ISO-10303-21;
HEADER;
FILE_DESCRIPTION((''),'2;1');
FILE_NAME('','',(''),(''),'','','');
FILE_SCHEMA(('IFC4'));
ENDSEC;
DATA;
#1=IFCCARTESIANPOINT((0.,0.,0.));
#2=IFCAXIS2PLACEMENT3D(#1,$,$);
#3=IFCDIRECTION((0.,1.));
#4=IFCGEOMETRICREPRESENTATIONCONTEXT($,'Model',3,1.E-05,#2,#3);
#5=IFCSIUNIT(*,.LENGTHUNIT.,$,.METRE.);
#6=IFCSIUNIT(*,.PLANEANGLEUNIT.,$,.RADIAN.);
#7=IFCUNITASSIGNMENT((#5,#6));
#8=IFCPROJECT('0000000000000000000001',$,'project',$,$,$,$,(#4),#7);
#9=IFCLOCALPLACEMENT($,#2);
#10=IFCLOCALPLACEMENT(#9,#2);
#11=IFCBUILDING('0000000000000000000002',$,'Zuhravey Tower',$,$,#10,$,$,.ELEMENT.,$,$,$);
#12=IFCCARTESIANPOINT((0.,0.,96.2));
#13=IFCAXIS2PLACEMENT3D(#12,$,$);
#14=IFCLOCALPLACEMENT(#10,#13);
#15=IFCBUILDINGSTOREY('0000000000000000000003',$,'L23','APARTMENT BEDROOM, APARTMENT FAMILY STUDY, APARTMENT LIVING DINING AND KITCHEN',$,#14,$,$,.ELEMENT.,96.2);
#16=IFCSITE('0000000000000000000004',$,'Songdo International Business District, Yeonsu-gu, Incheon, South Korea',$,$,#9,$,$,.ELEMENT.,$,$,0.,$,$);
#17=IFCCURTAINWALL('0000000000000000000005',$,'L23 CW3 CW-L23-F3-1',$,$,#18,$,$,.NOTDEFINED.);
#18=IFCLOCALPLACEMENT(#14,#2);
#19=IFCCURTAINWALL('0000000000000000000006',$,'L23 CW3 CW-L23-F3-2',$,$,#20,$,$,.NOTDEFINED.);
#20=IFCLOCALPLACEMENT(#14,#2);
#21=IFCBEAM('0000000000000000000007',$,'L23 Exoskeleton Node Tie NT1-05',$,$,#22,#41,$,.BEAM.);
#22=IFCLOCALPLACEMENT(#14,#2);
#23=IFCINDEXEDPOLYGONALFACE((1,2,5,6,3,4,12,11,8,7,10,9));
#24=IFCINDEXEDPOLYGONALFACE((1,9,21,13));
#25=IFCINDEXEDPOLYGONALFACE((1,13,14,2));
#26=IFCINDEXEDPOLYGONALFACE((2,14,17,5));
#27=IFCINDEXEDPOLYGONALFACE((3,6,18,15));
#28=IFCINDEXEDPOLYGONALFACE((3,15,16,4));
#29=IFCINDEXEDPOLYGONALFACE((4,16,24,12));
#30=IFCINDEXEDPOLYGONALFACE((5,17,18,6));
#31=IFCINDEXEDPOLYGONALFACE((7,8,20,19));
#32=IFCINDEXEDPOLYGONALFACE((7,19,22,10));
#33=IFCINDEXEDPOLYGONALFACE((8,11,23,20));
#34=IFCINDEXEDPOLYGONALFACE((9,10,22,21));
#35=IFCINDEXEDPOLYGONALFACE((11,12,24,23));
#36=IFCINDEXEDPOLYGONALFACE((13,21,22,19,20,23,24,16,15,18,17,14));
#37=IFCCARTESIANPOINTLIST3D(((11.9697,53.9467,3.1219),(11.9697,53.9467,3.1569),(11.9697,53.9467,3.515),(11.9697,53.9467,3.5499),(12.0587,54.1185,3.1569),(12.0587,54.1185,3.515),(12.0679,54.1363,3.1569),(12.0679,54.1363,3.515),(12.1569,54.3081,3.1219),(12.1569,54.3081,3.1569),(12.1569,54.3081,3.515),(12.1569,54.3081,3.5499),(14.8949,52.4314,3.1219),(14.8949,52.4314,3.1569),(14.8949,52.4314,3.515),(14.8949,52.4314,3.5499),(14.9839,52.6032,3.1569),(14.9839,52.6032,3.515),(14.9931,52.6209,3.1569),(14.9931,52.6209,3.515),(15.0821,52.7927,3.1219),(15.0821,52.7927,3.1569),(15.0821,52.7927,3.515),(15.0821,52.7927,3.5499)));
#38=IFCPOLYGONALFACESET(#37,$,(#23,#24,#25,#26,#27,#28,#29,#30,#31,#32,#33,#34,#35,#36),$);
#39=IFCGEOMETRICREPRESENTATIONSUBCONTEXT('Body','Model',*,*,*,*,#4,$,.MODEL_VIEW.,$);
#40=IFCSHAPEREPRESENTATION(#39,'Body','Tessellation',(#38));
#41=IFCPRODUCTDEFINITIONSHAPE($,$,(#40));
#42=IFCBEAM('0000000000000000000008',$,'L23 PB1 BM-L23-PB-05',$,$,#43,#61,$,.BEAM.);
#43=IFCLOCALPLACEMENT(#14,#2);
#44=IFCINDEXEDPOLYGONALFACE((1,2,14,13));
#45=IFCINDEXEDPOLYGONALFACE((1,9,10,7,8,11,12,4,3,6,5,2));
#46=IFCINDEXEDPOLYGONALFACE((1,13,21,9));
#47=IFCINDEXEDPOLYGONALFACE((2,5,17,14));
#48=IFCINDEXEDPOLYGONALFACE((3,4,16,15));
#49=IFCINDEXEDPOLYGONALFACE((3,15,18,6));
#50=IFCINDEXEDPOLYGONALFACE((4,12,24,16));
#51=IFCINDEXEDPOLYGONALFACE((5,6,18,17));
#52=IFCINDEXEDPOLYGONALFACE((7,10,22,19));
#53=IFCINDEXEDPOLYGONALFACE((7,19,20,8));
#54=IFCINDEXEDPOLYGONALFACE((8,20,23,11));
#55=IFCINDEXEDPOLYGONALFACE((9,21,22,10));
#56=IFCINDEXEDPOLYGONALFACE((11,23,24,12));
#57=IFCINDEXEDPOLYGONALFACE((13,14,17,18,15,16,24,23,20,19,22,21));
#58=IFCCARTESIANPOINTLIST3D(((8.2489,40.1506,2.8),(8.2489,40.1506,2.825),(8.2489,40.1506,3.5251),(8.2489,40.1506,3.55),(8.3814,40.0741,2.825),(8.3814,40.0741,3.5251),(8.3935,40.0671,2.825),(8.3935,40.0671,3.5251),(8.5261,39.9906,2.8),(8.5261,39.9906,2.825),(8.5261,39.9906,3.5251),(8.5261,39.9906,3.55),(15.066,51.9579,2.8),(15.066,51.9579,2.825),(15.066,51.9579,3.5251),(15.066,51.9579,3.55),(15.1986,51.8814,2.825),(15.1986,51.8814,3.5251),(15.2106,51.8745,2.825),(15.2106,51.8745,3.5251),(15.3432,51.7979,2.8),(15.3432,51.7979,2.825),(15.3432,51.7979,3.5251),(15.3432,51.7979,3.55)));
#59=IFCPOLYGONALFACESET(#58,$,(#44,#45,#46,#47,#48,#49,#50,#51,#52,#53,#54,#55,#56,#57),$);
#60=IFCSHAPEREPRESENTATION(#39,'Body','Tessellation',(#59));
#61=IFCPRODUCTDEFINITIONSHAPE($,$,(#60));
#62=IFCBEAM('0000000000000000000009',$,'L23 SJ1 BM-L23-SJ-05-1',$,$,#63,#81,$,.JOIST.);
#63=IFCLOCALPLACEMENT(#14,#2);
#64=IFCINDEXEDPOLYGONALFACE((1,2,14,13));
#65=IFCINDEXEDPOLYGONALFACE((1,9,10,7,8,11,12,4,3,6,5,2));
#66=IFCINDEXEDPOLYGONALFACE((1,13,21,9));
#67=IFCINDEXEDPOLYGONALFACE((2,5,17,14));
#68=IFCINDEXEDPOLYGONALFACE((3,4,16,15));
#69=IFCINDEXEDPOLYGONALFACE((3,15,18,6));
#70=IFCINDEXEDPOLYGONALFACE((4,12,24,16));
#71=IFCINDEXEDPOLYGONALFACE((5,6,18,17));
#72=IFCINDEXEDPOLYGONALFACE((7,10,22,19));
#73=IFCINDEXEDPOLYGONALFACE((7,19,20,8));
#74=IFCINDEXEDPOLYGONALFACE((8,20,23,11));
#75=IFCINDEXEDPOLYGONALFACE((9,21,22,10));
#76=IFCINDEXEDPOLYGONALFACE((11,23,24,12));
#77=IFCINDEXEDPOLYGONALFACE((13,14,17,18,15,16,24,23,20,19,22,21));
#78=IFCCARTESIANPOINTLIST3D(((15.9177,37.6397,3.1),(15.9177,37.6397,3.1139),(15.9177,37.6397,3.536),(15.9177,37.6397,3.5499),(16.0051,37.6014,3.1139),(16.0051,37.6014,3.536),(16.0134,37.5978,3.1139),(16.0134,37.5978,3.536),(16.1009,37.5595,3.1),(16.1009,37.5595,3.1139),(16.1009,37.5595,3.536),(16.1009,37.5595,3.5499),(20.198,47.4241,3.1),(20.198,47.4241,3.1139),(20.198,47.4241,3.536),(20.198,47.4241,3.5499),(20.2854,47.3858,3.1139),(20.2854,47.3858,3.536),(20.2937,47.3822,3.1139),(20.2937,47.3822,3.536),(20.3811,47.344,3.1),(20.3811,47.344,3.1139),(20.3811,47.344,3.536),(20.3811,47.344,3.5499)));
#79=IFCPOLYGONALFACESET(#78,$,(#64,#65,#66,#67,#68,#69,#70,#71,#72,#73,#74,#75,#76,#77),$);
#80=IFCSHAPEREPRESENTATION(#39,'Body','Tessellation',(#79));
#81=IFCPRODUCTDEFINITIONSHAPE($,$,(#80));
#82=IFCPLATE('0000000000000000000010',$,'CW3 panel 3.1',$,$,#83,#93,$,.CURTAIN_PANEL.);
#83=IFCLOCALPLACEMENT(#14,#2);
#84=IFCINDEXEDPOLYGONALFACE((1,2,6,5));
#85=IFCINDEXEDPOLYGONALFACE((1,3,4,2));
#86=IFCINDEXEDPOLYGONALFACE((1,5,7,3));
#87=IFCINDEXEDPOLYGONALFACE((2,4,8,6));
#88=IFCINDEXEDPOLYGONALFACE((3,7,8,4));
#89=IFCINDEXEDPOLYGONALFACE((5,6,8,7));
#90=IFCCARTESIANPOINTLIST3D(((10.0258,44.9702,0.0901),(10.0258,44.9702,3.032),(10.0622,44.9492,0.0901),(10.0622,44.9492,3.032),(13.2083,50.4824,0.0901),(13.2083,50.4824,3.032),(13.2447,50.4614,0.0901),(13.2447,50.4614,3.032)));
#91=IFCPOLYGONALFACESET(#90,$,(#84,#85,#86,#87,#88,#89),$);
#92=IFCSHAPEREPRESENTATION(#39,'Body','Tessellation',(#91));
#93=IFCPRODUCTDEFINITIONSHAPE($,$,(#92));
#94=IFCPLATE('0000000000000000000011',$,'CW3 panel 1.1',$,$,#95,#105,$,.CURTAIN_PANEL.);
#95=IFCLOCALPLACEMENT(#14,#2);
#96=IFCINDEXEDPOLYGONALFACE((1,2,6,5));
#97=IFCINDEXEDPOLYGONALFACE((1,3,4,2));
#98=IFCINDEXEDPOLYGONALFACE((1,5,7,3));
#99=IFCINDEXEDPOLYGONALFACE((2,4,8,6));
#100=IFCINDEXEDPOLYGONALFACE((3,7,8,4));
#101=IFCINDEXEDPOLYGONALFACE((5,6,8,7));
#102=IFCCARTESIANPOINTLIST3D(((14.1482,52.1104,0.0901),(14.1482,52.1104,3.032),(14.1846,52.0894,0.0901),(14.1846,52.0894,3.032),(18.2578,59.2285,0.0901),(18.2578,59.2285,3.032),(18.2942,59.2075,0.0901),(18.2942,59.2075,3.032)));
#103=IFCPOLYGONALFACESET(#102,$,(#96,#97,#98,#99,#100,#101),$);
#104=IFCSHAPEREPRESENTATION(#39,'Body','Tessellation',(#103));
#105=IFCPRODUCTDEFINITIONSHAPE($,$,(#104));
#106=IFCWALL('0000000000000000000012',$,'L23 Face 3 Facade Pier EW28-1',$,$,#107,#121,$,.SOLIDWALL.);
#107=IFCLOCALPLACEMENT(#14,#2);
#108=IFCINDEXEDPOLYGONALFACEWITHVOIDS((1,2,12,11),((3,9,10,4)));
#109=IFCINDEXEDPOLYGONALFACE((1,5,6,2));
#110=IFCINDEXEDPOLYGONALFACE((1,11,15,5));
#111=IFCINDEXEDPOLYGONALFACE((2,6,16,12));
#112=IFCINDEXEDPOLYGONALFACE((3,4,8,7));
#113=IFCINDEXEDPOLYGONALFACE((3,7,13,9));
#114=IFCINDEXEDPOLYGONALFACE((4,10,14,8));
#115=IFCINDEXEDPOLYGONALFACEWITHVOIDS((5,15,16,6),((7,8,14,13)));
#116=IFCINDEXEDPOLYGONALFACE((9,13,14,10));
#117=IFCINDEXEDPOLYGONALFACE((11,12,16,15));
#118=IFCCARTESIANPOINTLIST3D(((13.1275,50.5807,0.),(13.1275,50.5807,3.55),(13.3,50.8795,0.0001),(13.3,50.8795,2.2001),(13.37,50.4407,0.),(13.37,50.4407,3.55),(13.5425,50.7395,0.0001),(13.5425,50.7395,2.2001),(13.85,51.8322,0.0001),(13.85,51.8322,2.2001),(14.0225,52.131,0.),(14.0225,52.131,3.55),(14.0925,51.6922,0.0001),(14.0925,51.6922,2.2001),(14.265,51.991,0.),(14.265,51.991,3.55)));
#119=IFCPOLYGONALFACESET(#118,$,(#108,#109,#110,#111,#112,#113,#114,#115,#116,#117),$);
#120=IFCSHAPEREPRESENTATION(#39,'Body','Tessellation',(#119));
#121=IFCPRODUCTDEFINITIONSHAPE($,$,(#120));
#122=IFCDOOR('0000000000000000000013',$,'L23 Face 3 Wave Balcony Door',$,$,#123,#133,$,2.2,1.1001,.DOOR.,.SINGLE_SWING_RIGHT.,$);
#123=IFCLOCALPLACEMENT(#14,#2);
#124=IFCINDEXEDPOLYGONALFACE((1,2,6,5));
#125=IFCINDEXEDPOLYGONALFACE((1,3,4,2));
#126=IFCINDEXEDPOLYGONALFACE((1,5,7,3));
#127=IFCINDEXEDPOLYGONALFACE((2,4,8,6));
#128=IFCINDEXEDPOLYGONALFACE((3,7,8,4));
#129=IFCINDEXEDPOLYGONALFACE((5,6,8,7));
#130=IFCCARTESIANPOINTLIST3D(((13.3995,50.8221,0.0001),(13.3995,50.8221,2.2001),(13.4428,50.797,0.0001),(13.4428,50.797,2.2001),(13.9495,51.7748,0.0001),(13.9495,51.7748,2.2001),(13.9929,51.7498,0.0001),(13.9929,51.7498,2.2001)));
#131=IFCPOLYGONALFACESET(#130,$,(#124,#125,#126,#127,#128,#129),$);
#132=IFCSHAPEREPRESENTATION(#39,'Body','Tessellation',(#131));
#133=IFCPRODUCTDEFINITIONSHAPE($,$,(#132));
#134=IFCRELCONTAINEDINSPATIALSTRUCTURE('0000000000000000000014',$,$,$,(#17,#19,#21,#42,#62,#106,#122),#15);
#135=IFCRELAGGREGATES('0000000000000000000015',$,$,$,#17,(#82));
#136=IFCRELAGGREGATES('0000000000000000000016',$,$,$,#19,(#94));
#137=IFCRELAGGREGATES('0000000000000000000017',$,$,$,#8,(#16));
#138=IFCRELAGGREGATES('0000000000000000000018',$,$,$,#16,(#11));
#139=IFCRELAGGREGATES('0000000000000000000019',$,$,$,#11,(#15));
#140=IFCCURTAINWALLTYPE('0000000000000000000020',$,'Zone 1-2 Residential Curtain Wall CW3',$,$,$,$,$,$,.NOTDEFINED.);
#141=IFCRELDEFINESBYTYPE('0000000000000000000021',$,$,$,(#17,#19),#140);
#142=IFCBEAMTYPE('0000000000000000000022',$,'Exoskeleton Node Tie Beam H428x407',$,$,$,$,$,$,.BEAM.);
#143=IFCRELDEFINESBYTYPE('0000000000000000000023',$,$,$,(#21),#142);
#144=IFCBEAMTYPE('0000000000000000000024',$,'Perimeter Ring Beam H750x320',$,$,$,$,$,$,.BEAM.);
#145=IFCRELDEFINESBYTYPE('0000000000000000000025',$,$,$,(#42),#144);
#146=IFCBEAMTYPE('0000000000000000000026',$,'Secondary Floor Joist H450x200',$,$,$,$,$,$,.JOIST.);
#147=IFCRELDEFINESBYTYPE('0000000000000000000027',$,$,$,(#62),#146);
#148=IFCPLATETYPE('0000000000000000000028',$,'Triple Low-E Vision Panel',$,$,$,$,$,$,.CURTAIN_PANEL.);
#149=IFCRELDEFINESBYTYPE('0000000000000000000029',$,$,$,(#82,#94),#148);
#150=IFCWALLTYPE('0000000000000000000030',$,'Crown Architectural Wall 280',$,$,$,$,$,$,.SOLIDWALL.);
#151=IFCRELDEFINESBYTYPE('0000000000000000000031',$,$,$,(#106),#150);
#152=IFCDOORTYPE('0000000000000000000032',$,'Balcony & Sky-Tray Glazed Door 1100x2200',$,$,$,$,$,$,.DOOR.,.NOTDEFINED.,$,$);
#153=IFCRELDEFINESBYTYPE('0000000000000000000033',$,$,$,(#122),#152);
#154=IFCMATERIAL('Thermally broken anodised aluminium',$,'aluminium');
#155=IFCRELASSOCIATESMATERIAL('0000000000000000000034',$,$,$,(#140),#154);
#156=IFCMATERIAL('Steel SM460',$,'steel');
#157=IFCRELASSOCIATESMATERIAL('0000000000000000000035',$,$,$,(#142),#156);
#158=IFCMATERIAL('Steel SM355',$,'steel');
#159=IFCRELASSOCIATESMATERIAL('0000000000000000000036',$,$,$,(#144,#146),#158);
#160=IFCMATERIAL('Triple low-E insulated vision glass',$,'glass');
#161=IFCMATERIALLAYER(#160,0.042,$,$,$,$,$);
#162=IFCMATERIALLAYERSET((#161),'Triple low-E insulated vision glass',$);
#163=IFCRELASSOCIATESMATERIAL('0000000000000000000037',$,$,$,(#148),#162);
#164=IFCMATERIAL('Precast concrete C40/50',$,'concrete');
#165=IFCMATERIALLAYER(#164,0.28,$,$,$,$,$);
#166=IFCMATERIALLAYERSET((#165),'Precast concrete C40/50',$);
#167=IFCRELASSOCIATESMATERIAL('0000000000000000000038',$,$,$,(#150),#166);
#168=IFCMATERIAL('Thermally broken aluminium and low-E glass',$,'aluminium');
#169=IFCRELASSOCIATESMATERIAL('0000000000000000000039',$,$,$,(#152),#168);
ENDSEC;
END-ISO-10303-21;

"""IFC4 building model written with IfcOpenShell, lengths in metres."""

from ifc_helpers import new_model, si_unit, direction, frame, frame_2d, origin, origin_2d, place, context, subcontext, project, spatial, rectangle, i_section, extrude, material, layer, layer_set, material_profile, profile_set, type_object, element, fill, aggregate, save


model = new_model("IFC4")

# Units and contexts
model_context = context("Model", 3, precision=1e-05, world=origin(), true_north=direction((0.0, 1.0)))
body_context = subcontext(model_context, "Body", "Model", "MODEL_VIEW")
ifc_project = project(units=[si_unit("LENGTHUNIT", "METRE"), si_unit("PLANEANGLEUNIT", "RADIAN")], contexts=[model_context])

# Site, building, storey
site_placement = place(None, origin())
site = spatial("IfcSite", under=ifc_project, at=site_placement, Name="Songdo International Business District, Yeonsu-gu, Incheon, South Korea", CompositionType="ELEMENT", RefElevation=0.0)
building_placement = place(site_placement, origin())
building = spatial("IfcBuilding", under=site, at=building_placement, Name="Zuhravey Tower", CompositionType="ELEMENT")
storey_placement = place(building_placement, frame((0.0, 0.0, 96.2)))
storey = spatial("IfcBuildingStorey", under=building, at=storey_placement, Name="L23", Description="APARTMENT BEDROOM, APARTMENT FAMILY STUDY, APARTMENT LIVING DINING AND KITCHEN", CompositionType="ELEMENT", Elevation=96.2)

# Curtain wall
ifc_material_1 = material(Name="Thermally broken anodised aluminium", Category="aluminium")
curtain_wall_type = type_object("IfcCurtainWallType", Name="Zone 1-2 Residential Curtain Wall CW3", PredefinedType="NOTDEFINED", material=ifc_material_1)
curtain_wall_1_placement = place(storey_placement, origin())
curtain_wall_1 = element("IfcCurtainWall", 1, at=curtain_wall_1_placement, inside=storey, type_object=curtain_wall_type, Name="L23 CW3 CW-L23-F3-1", PredefinedType="NOTDEFINED")

# Curtain wall
curtain_wall_2_placement = place(storey_placement, origin())
curtain_wall_2 = element("IfcCurtainWall", 2, at=curtain_wall_2_placement, inside=storey, type_object=curtain_wall_type, Name="L23 CW3 CW-L23-F3-2", PredefinedType="NOTDEFINED")

# Beams
ifc_material_2 = material(Name="Steel SM460", Category="steel")
ifc_material_profile_1 = material_profile(ifc_material_2, i_section(OverallWidth=0.407, OverallDepth=0.428, WebThickness=0.02, FlangeThickness=0.0349, at=origin_2d()), Name="H-428x407x20x35")
ifc_profile_set_1 = profile_set([ifc_material_profile_1], Name="Steel SM460")
beam_type_1 = type_object("IfcBeamType", Name="Exoskeleton Node Tie Beam H428x407", PredefinedType="BEAM", material=ifc_profile_set_1)
beam_1_placement = place(storey_placement, frame((14.9885, 52.6121, 3.3359), z_axis=(-0.887933, 0.459973, 0.0), x_axis=(-0.459973, -0.887933, 0.0)))
element("IfcBeam", 3, at=beam_1_placement, inside=storey, type_object=beam_type_1, Name="L23 Exoskeleton Node Tie NT1-05", PredefinedType="BEAM", context=body_context, shape_type="SweptSolid", body=[
    extrude(i_section(OverallWidth=0.407, OverallDepth=0.428, WebThickness=0.02, FlangeThickness=0.0349, at=origin_2d()), origin(), (0.0, 0.0, 1.0), 3.2944),
])
ifc_material_3 = material(Name="Steel SM355", Category="steel")
ifc_material_profile_2 = material_profile(ifc_material_3, i_section(OverallWidth=0.3201, OverallDepth=0.75, WebThickness=0.0139, FlangeThickness=0.0249, at=origin_2d()), Name="H-750x320x14x25")
ifc_profile_set_2 = profile_set([ifc_material_profile_2], Name="Steel SM355")
beam_type_2 = type_object("IfcBeamType", Name="Perimeter Ring Beam H750x320", PredefinedType="BEAM", material=ifc_profile_set_2)
beam_2_placement = place(storey_placement, frame((15.2046, 51.8779, 3.175), z_axis=(-0.500008, -0.866021, 0.0), x_axis=(0.866021, -0.500008, 0.0)))
element("IfcBeam", 4, at=beam_2_placement, inside=storey, type_object=beam_type_2, Name="L23 PB1 BM-L23-PB-05", PredefinedType="BEAM", context=body_context, shape_type="SweptSolid", body=[
    extrude(i_section(OverallWidth=0.3201, OverallDepth=0.75, WebThickness=0.0139, FlangeThickness=0.0249, at=origin_2d()), origin(), (0.0, 0.0, 1.0), 13.634),
])
ifc_material_profile_3 = material_profile(ifc_material_3, i_section(OverallWidth=0.2, OverallDepth=0.45, WebThickness=0.009, FlangeThickness=0.0139, at=origin_2d()), Name="H-450x200x9x14")
ifc_profile_set_3 = profile_set([ifc_material_profile_3], Name="Steel SM355")
beam_type_3 = type_object("IfcBeamType", Name="Secondary Floor Joist H450x200", PredefinedType="JOIST", material=ifc_profile_set_3)
beam_3_placement = place(storey_placement, frame((20.2896, 47.384, 3.325), z_axis=(-0.400786, -0.916172, 0.0), x_axis=(0.916172, -0.400786, 0.0)))
element("IfcBeam", 5, at=beam_3_placement, inside=storey, type_object=beam_type_3, Name="L23 SJ1 BM-L23-SJ-05-1", PredefinedType="JOIST", context=body_context, shape_type="SweptSolid", body=[
    extrude(i_section(OverallWidth=0.2, OverallDepth=0.45, WebThickness=0.009, FlangeThickness=0.0139, at=origin_2d()), origin(), (0.0, 0.0, 1.0), 10.6797),
])

# Plates
ifc_material_4 = material(Name="Triple low-E insulated vision glass", Category="glass")
ifc_layer_1 = layer(ifc_material_4, 0.042)
ifc_layer_set_1 = layer_set([ifc_layer_1], Name="Triple low-E insulated vision glass")
plate_type = type_object("IfcPlateType", Name="Triple Low-E Vision Panel", PredefinedType="CURTAIN_PANEL", material=ifc_layer_set_1)
plate_1_placement = place(storey_placement, frame((11.6353, 47.7158, 0.0901), z_axis=(0.0, 0.0, 1.0), x_axis=(0.5, 0.866025, 0.0)))
plate_1 = element("IfcPlate", 6, at=plate_1_placement, type_object=plate_type, Name="CW3 panel 3.1", PredefinedType="CURTAIN_PANEL", context=body_context, shape_type="SweptSolid", body=[
    extrude(rectangle(XDim=6.365, YDim=0.042, at=origin_2d()), origin(), (0.0, 0.0, 1.0), 2.9419),
])
aggregate(curtain_wall_1, [plate_1])
plate_2_placement = place(storey_placement, frame((16.2212, 55.6589, 0.0901), z_axis=(0.0, 0.0, 1.0), x_axis=(0.500001, 0.866025, 0.0)))
plate_2 = element("IfcPlate", 7, at=plate_2_placement, type_object=plate_type, Name="CW3 panel 1.1", PredefinedType="CURTAIN_PANEL", context=body_context, shape_type="SweptSolid", body=[
    extrude(rectangle(XDim=8.2192, YDim=0.042, at=origin_2d()), origin(), (0.0, 0.0, 1.0), 2.9419),
])
aggregate(curtain_wall_2, [plate_2])

# Wall, opening, door
ifc_material_5 = material(Name="Precast concrete C40/50", Category="concrete")
ifc_layer_2 = layer(ifc_material_5, 0.28)
ifc_layer_set_2 = layer_set([ifc_layer_2], Name="Precast concrete C40/50")
wall_type_1 = type_object("IfcWallType", Name="Crown Architectural Wall 280", PredefinedType="SOLIDWALL", material=ifc_layer_set_2)
wall_1_placement = place(storey_placement, frame((13.2488, 50.5107, 0.0), z_axis=(0.0, 0.0, 1.0), x_axis=(0.499982, 0.866036, 0.0)))
wall_1 = element("IfcWall", 8, at=wall_1_placement, inside=storey, type_object=wall_type_1, Name="L23 Face 3 Facade Pier EW28-1", PredefinedType="SOLIDWALL", context=body_context, shape_type="SweptSolid", body=[
    extrude(rectangle(XDim=1.79, YDim=0.28, at=frame_2d((0.895, 0.0))), origin(), (0.0, 0.0, 1.0), 3.55),
])
opening_1_placement = place(wall_1_placement, frame((0.345, 0.0, 0.0)))
opening_1 = element("IfcOpeningElement", 9, at=opening_1_placement, cuts=wall_1, PredefinedType="OPENING", context=body_context, shape_type="SweptSolid", body=[
    extrude(rectangle(XDim=1.1001, YDim=2.2, at=frame_2d((0.55, 1.1001))), frame((0.0, 0.1521, 0.0), z_axis=(0.0, -1.0, 0.0), x_axis=(1.0, 0.0, 0.0)), (0.0, 0.0, 1.0), 0.304),
])
ifc_material_6 = material(Name="Thermally broken aluminium and low-E glass", Category="aluminium")
door_type_1 = type_object("IfcDoorType", Name="Balcony & Sky-Tray Glazed Door 1100x2200", OperationType="NOTDEFINED", PredefinedType="DOOR", material=ifc_material_6)
door_1_placement = place(opening_1_placement, frame((1.1001, 0.0, 0.0), z_axis=(0.0, 0.0, 1.0), x_axis=(-1.0, 0.0, 0.0)))
door_1 = element("IfcDoor", 10, at=door_1_placement, inside=storey, type_object=door_type_1, Name="L23 Face 3 Wave Balcony Door", OperationType="SINGLE_SWING_RIGHT", OverallHeight=2.2, OverallWidth=1.1001, PredefinedType="DOOR", context=body_context, shape_type="SweptSolid", body=[
    extrude(rectangle(XDim=1.1001, YDim=2.2, at=frame_2d((0.55, 1.1001))), frame((0.0, 0.0249, 0.0), z_axis=(0.0, -1.0, 0.0), x_axis=(1.0, 0.0, 0.0)), (0.0, 0.0, 1.0), 0.05),
])
fill(opening_1, door_1)

save(model, "model.ifc")
